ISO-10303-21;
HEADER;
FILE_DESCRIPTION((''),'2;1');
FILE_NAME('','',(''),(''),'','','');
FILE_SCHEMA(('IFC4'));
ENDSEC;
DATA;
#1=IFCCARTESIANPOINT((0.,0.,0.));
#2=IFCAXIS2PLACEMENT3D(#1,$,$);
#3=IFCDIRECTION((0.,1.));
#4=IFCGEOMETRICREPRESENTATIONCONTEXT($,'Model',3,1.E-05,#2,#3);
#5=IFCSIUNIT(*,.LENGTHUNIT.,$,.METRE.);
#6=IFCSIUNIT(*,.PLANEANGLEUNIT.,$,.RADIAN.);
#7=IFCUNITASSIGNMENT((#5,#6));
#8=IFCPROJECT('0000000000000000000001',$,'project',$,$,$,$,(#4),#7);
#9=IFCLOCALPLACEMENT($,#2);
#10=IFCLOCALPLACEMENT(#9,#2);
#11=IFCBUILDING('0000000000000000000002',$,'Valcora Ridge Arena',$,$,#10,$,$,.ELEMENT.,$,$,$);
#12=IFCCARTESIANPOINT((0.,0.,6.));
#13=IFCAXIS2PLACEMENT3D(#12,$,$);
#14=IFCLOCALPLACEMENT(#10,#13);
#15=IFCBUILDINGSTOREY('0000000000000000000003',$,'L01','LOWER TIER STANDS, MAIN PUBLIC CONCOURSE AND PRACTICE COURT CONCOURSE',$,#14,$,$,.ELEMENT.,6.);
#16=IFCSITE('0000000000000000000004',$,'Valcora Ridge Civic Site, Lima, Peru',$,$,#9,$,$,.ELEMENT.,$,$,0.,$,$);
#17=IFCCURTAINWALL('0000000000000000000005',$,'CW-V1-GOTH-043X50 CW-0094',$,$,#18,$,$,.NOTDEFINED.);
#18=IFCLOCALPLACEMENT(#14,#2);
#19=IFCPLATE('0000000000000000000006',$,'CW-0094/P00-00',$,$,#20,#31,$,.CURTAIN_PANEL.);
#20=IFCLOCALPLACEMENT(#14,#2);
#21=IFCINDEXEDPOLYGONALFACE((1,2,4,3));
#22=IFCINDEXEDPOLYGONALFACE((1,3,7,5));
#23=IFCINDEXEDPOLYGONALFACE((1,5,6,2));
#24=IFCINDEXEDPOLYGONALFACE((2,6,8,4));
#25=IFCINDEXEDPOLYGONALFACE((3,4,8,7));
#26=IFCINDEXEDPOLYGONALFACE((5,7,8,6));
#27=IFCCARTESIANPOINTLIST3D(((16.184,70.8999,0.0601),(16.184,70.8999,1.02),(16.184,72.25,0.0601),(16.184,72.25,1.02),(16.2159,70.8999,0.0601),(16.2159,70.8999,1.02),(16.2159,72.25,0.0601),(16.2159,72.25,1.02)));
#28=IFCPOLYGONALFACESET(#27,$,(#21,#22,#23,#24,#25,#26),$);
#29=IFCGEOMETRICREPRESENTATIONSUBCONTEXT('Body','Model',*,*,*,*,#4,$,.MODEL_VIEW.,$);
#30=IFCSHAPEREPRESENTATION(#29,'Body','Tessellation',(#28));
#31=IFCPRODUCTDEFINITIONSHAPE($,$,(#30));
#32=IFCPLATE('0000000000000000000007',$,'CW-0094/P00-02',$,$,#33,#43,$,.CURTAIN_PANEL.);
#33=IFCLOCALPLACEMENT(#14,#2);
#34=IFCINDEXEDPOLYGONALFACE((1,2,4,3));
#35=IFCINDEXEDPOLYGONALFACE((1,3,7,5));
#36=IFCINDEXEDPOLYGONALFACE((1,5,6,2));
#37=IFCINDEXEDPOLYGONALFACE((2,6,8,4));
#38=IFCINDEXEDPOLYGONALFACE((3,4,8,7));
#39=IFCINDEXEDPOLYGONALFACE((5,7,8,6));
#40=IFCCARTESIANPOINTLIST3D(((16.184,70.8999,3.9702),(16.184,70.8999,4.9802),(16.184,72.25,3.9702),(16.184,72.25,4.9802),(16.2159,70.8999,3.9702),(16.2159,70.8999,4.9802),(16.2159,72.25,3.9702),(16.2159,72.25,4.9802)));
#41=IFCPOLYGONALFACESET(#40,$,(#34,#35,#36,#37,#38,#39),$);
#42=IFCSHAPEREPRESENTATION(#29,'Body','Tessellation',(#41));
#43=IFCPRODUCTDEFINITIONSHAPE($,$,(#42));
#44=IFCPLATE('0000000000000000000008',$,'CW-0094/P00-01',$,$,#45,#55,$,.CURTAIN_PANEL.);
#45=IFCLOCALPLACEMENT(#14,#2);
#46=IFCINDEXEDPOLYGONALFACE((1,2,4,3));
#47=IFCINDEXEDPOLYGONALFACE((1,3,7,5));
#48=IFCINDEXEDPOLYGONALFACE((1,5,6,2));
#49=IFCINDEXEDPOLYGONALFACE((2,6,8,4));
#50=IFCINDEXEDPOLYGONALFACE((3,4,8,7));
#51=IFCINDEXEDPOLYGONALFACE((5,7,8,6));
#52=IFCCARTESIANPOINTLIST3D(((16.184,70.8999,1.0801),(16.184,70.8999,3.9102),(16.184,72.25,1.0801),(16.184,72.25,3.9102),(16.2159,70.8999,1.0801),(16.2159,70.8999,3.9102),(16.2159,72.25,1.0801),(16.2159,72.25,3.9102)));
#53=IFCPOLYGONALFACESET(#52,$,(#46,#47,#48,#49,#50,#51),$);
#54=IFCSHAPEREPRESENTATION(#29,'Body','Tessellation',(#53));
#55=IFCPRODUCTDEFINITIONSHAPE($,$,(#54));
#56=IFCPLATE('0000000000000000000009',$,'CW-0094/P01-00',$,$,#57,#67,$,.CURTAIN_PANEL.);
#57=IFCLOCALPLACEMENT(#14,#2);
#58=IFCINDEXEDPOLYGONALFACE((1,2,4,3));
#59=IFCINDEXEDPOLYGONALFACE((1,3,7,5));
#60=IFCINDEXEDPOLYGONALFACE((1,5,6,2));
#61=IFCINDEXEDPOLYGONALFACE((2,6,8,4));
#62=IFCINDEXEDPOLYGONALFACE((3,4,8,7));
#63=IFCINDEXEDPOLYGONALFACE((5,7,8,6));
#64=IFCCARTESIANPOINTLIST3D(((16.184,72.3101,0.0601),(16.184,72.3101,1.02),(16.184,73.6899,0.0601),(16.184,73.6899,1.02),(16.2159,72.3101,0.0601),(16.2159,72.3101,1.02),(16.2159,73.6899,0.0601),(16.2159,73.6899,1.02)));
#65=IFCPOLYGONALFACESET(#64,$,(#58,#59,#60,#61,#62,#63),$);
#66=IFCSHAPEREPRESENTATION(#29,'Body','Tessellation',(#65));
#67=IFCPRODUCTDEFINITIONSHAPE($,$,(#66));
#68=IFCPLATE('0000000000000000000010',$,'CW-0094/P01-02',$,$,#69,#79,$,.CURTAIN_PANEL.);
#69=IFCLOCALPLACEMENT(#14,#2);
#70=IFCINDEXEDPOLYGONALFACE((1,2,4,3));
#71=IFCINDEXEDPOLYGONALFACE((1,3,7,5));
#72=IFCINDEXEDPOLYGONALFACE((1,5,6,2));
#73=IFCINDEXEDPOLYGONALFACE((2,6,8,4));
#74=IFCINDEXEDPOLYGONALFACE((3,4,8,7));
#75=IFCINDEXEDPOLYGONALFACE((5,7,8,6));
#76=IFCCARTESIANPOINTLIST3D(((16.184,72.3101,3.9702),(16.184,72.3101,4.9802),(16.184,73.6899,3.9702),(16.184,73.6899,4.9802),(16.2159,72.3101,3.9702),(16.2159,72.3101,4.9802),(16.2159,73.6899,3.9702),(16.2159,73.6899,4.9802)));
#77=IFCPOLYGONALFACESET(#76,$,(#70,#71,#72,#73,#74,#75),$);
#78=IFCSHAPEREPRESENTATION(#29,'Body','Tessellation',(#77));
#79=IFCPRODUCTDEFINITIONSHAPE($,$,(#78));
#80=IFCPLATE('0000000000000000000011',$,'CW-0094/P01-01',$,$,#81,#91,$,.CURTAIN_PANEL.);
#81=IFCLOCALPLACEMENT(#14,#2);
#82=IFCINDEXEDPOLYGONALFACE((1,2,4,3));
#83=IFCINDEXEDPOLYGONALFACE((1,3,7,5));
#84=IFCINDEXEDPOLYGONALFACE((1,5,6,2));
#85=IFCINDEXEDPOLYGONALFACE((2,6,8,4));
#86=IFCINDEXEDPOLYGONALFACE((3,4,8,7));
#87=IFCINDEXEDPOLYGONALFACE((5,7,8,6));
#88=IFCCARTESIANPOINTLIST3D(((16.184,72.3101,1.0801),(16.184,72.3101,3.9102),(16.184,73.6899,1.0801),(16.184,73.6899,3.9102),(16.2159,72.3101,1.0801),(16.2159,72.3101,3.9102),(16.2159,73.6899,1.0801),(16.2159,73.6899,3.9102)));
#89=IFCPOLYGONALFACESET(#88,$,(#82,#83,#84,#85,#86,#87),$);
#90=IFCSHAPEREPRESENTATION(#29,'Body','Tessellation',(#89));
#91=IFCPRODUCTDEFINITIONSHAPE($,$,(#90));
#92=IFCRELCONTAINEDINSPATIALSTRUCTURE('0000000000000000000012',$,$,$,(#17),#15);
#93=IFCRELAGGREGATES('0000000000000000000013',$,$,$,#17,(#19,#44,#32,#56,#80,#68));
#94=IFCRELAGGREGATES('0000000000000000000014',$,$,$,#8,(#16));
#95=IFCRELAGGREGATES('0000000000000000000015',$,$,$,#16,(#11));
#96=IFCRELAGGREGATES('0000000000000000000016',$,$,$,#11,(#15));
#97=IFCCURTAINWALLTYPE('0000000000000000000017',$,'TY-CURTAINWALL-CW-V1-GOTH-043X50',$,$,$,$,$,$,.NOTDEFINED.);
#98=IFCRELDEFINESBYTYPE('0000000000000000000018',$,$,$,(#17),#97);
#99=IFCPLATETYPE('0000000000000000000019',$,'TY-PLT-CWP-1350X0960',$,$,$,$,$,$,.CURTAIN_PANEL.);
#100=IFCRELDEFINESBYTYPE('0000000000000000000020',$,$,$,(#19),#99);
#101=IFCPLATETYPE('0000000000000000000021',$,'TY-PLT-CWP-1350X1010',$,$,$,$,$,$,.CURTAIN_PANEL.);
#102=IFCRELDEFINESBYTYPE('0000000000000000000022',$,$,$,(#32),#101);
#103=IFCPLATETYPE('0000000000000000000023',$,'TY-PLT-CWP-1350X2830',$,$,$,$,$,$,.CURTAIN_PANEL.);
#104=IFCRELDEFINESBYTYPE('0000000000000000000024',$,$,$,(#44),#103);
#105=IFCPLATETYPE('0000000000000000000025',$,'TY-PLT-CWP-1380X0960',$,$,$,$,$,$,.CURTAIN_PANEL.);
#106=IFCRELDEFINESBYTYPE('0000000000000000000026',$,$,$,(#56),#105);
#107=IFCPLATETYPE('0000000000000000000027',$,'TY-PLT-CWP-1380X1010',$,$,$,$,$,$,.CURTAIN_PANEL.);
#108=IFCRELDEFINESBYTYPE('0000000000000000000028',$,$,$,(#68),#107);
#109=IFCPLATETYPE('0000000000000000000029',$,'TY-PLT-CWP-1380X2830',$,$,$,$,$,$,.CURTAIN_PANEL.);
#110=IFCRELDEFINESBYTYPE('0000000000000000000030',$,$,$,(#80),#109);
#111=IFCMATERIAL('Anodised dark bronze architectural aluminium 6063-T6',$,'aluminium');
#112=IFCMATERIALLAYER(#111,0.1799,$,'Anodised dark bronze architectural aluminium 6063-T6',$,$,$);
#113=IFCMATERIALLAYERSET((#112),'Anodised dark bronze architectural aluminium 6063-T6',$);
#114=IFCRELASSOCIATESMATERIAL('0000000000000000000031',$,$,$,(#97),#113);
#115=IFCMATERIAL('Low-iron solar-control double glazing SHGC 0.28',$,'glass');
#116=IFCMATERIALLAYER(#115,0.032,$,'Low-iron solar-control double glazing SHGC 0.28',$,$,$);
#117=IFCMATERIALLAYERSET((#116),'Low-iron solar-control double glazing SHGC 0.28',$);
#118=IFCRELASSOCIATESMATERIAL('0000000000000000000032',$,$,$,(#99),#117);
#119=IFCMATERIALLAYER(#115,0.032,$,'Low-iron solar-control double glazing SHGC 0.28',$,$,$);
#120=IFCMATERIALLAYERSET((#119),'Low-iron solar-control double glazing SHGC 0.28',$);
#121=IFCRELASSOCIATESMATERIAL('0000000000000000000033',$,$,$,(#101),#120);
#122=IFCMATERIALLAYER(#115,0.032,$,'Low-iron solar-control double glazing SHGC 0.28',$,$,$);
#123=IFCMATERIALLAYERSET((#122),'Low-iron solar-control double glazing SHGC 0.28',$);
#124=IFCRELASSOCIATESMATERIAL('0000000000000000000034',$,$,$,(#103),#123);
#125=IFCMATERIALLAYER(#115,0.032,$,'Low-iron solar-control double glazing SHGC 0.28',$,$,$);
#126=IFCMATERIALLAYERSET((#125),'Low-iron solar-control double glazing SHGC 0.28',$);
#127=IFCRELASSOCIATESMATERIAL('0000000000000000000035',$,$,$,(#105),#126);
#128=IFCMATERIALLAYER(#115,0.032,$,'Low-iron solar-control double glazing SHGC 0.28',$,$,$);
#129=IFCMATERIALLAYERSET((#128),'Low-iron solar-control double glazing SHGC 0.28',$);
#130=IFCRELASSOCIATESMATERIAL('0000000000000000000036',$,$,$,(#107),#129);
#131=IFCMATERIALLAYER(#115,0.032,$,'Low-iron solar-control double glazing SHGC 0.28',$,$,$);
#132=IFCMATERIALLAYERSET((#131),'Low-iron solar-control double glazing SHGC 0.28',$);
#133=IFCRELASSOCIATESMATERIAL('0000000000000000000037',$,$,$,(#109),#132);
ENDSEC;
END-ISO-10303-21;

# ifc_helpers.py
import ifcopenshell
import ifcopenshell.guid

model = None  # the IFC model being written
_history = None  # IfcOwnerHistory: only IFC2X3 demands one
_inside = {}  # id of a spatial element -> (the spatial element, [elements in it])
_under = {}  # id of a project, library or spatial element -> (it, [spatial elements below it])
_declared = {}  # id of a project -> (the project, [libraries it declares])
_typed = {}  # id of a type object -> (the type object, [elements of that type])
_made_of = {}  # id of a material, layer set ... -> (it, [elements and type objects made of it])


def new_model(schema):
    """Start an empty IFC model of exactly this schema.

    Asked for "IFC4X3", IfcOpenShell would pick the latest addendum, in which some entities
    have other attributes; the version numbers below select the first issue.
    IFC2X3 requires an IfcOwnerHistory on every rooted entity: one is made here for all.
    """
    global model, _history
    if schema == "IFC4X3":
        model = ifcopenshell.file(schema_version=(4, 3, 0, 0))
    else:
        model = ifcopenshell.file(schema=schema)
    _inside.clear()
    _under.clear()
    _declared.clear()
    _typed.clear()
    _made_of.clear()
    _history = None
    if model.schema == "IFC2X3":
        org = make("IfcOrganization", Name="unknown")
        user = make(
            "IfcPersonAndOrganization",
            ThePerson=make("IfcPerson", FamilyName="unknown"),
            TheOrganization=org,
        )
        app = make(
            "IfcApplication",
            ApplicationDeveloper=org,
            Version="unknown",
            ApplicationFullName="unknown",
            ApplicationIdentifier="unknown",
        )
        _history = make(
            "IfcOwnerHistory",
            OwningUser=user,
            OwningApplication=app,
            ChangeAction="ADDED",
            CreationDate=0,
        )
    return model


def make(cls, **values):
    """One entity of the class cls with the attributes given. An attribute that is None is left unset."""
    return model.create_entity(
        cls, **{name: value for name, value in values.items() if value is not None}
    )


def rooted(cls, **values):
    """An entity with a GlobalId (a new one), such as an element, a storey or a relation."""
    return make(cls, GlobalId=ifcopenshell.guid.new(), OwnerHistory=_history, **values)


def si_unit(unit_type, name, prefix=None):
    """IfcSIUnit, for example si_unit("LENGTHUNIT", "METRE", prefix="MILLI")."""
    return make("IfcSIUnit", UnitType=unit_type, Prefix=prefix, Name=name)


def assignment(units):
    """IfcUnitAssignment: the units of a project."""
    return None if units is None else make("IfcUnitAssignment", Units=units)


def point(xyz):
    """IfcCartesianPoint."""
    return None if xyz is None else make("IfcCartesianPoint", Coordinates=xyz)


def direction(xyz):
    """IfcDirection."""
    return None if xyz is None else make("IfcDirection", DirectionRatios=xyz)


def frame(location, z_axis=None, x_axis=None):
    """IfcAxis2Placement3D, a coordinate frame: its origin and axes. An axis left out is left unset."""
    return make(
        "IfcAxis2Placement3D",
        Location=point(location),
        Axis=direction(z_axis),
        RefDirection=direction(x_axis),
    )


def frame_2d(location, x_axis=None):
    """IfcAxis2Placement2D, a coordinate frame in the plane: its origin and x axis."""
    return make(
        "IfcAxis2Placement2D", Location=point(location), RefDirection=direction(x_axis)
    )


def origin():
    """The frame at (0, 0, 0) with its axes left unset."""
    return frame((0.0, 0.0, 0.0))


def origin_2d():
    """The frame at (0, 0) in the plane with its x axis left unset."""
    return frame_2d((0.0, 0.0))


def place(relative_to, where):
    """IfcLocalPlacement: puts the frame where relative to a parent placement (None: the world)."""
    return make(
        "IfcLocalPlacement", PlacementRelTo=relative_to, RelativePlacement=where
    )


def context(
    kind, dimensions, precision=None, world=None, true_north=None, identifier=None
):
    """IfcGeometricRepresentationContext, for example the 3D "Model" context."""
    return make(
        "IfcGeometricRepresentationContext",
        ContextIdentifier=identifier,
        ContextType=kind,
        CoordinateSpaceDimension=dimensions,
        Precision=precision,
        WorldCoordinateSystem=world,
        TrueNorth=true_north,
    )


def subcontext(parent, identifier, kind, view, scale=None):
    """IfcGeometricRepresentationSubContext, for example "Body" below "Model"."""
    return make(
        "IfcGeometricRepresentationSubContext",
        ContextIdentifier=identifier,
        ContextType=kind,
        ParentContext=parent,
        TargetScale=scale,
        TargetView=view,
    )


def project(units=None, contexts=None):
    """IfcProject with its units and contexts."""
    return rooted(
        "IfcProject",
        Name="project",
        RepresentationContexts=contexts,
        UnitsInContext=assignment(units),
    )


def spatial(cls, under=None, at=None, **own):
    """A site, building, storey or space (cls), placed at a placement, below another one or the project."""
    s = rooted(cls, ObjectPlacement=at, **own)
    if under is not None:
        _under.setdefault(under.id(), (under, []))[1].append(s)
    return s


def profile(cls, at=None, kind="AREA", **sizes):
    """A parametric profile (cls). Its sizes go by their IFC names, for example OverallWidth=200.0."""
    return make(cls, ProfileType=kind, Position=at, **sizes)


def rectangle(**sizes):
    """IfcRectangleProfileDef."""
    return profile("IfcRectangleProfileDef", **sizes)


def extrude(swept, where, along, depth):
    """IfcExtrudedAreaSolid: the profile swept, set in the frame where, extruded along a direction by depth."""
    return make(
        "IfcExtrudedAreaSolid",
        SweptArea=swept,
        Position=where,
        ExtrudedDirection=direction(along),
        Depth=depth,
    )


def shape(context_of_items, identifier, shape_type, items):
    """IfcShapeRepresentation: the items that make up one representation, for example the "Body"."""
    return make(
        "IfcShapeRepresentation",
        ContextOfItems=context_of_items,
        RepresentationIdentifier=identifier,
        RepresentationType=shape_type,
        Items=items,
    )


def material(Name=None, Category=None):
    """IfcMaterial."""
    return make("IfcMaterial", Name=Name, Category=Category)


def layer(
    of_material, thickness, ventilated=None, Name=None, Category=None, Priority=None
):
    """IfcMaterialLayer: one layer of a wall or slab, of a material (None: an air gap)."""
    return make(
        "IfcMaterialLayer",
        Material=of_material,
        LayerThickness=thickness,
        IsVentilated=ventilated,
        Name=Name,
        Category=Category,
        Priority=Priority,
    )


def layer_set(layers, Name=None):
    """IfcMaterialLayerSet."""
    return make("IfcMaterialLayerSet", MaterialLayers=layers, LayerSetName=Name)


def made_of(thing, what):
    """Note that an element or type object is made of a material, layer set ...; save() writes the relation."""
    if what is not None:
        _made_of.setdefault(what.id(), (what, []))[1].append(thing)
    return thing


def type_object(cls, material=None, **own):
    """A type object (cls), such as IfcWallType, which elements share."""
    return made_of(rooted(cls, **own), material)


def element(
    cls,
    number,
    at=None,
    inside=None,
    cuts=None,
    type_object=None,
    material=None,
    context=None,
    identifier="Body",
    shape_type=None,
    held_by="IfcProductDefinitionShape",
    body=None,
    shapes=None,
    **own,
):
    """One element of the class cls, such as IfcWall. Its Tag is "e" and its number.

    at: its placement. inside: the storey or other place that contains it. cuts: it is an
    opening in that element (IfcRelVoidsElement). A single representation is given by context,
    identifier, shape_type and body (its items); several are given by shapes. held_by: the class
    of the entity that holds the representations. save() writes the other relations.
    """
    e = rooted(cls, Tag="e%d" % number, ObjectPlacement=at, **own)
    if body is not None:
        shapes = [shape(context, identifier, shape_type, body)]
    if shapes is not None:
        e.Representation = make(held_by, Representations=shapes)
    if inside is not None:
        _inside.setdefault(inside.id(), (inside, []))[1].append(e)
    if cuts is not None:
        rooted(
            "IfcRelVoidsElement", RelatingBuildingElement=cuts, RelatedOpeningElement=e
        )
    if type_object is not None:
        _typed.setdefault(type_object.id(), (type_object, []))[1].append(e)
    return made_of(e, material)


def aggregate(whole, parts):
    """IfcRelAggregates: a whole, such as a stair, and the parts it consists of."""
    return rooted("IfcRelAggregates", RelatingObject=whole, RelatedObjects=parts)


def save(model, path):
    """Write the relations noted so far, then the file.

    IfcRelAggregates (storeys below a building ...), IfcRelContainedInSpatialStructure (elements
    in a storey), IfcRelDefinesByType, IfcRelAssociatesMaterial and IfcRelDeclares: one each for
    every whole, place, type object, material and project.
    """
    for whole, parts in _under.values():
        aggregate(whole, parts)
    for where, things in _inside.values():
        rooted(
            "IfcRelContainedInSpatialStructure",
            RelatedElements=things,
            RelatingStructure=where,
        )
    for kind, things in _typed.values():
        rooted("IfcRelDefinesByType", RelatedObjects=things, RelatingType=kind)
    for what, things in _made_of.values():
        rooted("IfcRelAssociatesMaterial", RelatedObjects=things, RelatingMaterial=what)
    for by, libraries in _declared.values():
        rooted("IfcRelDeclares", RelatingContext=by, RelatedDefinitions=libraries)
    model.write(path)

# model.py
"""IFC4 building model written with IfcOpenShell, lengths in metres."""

from ifc_helpers import new_model, si_unit, direction, frame, origin, origin_2d, place, context, subcontext, project, spatial, rectangle, extrude, material, layer, layer_set, type_object, element, aggregate, save


model = new_model("IFC4")

# Units and contexts
model_context = context("Model", 3, precision=1e-05, world=origin(), true_north=direction((0.0, 1.0)))
body_context = subcontext(model_context, "Body", "Model", "MODEL_VIEW")
ifc_project = project(units=[si_unit("LENGTHUNIT", "METRE"), si_unit("PLANEANGLEUNIT", "RADIAN")], contexts=[model_context])

# Site, building, storey
site_placement = place(None, origin())
site = spatial("IfcSite", under=ifc_project, at=site_placement, Name="Valcora Ridge Civic Site, Lima, Peru", CompositionType="ELEMENT", RefElevation=0.0)
building_placement = place(site_placement, origin())
building = spatial("IfcBuilding", under=site, at=building_placement, Name="Valcora Ridge Arena", CompositionType="ELEMENT")
storey_placement = place(building_placement, frame((0.0, 0.0, 6.0)))
storey = spatial("IfcBuildingStorey", under=building, at=storey_placement, Name="L01", Description="LOWER TIER STANDS, MAIN PUBLIC CONCOURSE AND PRACTICE COURT CONCOURSE", CompositionType="ELEMENT", Elevation=6.0)

# Curtain wall, plates
ifc_material_1 = material(Name="Anodised dark bronze architectural aluminium 6063-T6", Category="aluminium")
ifc_layer_1 = layer(ifc_material_1, 0.1799, Name="Anodised dark bronze architectural aluminium 6063-T6")
ifc_layer_set_1 = layer_set([ifc_layer_1], Name="Anodised dark bronze architectural aluminium 6063-T6")
curtain_wall_type = type_object("IfcCurtainWallType", Name="TY-CURTAINWALL-CW-V1-GOTH-043X50", PredefinedType="NOTDEFINED", material=ifc_layer_set_1)
curtain_wall_placement = place(storey_placement, origin())
curtain_wall = element("IfcCurtainWall", 1, at=curtain_wall_placement, inside=storey, type_object=curtain_wall_type, Name="CW-V1-GOTH-043X50 CW-0094", PredefinedType="NOTDEFINED")
ifc_material_2 = material(Name="Low-iron solar-control double glazing SHGC 0.28", Category="glass")
ifc_layer_2 = layer(ifc_material_2, 0.032, Name="Low-iron solar-control double glazing SHGC 0.28")
ifc_layer_set_2 = layer_set([ifc_layer_2], Name="Low-iron solar-control double glazing SHGC 0.28")
plate_type_1 = type_object("IfcPlateType", Name="TY-PLT-CWP-1350X0960", PredefinedType="CURTAIN_PANEL", material=ifc_layer_set_2)
plate_1_placement = place(storey_placement, frame((16.2, 71.575, 0.0601), z_axis=(0.0, 0.0, 1.0), x_axis=(0.0, 1.0, 0.0)))
plate_1 = element("IfcPlate", 2, at=plate_1_placement, type_object=plate_type_1, Name="CW-0094/P00-00", PredefinedType="CURTAIN_PANEL", context=body_context, shape_type="SweptSolid", body=[
    extrude(rectangle(XDim=1.3501, YDim=0.032, at=origin_2d()), origin(), (0.0, 0.0, 1.0), 0.96),
])
ifc_layer_3 = layer(ifc_material_2, 0.032, Name="Low-iron solar-control double glazing SHGC 0.28")
ifc_layer_set_3 = layer_set([ifc_layer_3], Name="Low-iron solar-control double glazing SHGC 0.28")
plate_type_2 = type_object("IfcPlateType", Name="TY-PLT-CWP-1350X1010", PredefinedType="CURTAIN_PANEL", material=ifc_layer_set_3)
plate_2_placement = place(storey_placement, frame((16.2, 71.575, 3.9702), z_axis=(0.0, 0.0, 1.0), x_axis=(0.0, 1.0, 0.0)))
plate_2 = element("IfcPlate", 3, at=plate_2_placement, type_object=plate_type_2, Name="CW-0094/P00-02", PredefinedType="CURTAIN_PANEL", context=body_context, shape_type="SweptSolid", body=[
    extrude(rectangle(XDim=1.3501, YDim=0.032, at=origin_2d()), origin(), (0.0, 0.0, 1.0), 1.01),
])
ifc_layer_4 = layer(ifc_material_2, 0.032, Name="Low-iron solar-control double glazing SHGC 0.28")
ifc_layer_set_4 = layer_set([ifc_layer_4], Name="Low-iron solar-control double glazing SHGC 0.28")
plate_type_3 = type_object("IfcPlateType", Name="TY-PLT-CWP-1350X2830", PredefinedType="CURTAIN_PANEL", material=ifc_layer_set_4)
plate_3_placement = place(storey_placement, frame((16.2, 71.575, 1.0801), z_axis=(0.0, 0.0, 1.0), x_axis=(0.0, 1.0, 0.0)))
plate_3 = element("IfcPlate", 4, at=plate_3_placement, type_object=plate_type_3, Name="CW-0094/P00-01", PredefinedType="CURTAIN_PANEL", context=body_context, shape_type="SweptSolid", body=[
    extrude(rectangle(XDim=1.3501, YDim=0.032, at=origin_2d()), origin(), (0.0, 0.0, 1.0), 2.8301),
])
ifc_layer_5 = layer(ifc_material_2, 0.032, Name="Low-iron solar-control double glazing SHGC 0.28")
ifc_layer_set_5 = layer_set([ifc_layer_5], Name="Low-iron solar-control double glazing SHGC 0.28")
plate_type_4 = type_object("IfcPlateType", Name="TY-PLT-CWP-1380X0960", PredefinedType="CURTAIN_PANEL", material=ifc_layer_set_5)
plate_4_placement = place(storey_placement, frame((16.2, 73.0, 0.0601), z_axis=(0.0, 0.0, 1.0), x_axis=(0.0, 1.0, 0.0)))
plate_4 = element("IfcPlate", 5, at=plate_4_placement, type_object=plate_type_4, Name="CW-0094/P01-00", PredefinedType="CURTAIN_PANEL", context=body_context, shape_type="SweptSolid", body=[
    extrude(rectangle(XDim=1.3799, YDim=0.032, at=origin_2d()), origin(), (0.0, 0.0, 1.0), 0.96),
])
ifc_layer_6 = layer(ifc_material_2, 0.032, Name="Low-iron solar-control double glazing SHGC 0.28")
ifc_layer_set_6 = layer_set([ifc_layer_6], Name="Low-iron solar-control double glazing SHGC 0.28")
plate_type_5 = type_object("IfcPlateType", Name="TY-PLT-CWP-1380X1010", PredefinedType="CURTAIN_PANEL", material=ifc_layer_set_6)
plate_5_placement = place(storey_placement, frame((16.2, 73.0, 3.9702), z_axis=(0.0, 0.0, 1.0), x_axis=(0.0, 1.0, 0.0)))
plate_5 = element("IfcPlate", 6, at=plate_5_placement, type_object=plate_type_5, Name="CW-0094/P01-02", PredefinedType="CURTAIN_PANEL", context=body_context, shape_type="SweptSolid", body=[
    extrude(rectangle(XDim=1.3799, YDim=0.032, at=origin_2d()), origin(), (0.0, 0.0, 1.0), 1.01),
])
ifc_layer_7 = layer(ifc_material_2, 0.032, Name="Low-iron solar-control double glazing SHGC 0.28")
ifc_layer_set_7 = layer_set([ifc_layer_7], Name="Low-iron solar-control double glazing SHGC 0.28")
plate_type_6 = type_object("IfcPlateType", Name="TY-PLT-CWP-1380X2830", PredefinedType="CURTAIN_PANEL", material=ifc_layer_set_7)
plate_6_placement = place(storey_placement, frame((16.2, 73.0, 1.0801), z_axis=(0.0, 0.0, 1.0), x_axis=(0.0, 1.0, 0.0)))
plate_6 = element("IfcPlate", 7, at=plate_6_placement, type_object=plate_type_6, Name="CW-0094/P01-01", PredefinedType="CURTAIN_PANEL", context=body_context, shape_type="SweptSolid", body=[
    extrude(rectangle(XDim=1.3799, YDim=0.032, at=origin_2d()), origin(), (0.0, 0.0, 1.0), 2.8301),
])
aggregate(curtain_wall, [plate_1, plate_3, plate_2, plate_4, plate_6, plate_5])

save(model, "model.ifc")
